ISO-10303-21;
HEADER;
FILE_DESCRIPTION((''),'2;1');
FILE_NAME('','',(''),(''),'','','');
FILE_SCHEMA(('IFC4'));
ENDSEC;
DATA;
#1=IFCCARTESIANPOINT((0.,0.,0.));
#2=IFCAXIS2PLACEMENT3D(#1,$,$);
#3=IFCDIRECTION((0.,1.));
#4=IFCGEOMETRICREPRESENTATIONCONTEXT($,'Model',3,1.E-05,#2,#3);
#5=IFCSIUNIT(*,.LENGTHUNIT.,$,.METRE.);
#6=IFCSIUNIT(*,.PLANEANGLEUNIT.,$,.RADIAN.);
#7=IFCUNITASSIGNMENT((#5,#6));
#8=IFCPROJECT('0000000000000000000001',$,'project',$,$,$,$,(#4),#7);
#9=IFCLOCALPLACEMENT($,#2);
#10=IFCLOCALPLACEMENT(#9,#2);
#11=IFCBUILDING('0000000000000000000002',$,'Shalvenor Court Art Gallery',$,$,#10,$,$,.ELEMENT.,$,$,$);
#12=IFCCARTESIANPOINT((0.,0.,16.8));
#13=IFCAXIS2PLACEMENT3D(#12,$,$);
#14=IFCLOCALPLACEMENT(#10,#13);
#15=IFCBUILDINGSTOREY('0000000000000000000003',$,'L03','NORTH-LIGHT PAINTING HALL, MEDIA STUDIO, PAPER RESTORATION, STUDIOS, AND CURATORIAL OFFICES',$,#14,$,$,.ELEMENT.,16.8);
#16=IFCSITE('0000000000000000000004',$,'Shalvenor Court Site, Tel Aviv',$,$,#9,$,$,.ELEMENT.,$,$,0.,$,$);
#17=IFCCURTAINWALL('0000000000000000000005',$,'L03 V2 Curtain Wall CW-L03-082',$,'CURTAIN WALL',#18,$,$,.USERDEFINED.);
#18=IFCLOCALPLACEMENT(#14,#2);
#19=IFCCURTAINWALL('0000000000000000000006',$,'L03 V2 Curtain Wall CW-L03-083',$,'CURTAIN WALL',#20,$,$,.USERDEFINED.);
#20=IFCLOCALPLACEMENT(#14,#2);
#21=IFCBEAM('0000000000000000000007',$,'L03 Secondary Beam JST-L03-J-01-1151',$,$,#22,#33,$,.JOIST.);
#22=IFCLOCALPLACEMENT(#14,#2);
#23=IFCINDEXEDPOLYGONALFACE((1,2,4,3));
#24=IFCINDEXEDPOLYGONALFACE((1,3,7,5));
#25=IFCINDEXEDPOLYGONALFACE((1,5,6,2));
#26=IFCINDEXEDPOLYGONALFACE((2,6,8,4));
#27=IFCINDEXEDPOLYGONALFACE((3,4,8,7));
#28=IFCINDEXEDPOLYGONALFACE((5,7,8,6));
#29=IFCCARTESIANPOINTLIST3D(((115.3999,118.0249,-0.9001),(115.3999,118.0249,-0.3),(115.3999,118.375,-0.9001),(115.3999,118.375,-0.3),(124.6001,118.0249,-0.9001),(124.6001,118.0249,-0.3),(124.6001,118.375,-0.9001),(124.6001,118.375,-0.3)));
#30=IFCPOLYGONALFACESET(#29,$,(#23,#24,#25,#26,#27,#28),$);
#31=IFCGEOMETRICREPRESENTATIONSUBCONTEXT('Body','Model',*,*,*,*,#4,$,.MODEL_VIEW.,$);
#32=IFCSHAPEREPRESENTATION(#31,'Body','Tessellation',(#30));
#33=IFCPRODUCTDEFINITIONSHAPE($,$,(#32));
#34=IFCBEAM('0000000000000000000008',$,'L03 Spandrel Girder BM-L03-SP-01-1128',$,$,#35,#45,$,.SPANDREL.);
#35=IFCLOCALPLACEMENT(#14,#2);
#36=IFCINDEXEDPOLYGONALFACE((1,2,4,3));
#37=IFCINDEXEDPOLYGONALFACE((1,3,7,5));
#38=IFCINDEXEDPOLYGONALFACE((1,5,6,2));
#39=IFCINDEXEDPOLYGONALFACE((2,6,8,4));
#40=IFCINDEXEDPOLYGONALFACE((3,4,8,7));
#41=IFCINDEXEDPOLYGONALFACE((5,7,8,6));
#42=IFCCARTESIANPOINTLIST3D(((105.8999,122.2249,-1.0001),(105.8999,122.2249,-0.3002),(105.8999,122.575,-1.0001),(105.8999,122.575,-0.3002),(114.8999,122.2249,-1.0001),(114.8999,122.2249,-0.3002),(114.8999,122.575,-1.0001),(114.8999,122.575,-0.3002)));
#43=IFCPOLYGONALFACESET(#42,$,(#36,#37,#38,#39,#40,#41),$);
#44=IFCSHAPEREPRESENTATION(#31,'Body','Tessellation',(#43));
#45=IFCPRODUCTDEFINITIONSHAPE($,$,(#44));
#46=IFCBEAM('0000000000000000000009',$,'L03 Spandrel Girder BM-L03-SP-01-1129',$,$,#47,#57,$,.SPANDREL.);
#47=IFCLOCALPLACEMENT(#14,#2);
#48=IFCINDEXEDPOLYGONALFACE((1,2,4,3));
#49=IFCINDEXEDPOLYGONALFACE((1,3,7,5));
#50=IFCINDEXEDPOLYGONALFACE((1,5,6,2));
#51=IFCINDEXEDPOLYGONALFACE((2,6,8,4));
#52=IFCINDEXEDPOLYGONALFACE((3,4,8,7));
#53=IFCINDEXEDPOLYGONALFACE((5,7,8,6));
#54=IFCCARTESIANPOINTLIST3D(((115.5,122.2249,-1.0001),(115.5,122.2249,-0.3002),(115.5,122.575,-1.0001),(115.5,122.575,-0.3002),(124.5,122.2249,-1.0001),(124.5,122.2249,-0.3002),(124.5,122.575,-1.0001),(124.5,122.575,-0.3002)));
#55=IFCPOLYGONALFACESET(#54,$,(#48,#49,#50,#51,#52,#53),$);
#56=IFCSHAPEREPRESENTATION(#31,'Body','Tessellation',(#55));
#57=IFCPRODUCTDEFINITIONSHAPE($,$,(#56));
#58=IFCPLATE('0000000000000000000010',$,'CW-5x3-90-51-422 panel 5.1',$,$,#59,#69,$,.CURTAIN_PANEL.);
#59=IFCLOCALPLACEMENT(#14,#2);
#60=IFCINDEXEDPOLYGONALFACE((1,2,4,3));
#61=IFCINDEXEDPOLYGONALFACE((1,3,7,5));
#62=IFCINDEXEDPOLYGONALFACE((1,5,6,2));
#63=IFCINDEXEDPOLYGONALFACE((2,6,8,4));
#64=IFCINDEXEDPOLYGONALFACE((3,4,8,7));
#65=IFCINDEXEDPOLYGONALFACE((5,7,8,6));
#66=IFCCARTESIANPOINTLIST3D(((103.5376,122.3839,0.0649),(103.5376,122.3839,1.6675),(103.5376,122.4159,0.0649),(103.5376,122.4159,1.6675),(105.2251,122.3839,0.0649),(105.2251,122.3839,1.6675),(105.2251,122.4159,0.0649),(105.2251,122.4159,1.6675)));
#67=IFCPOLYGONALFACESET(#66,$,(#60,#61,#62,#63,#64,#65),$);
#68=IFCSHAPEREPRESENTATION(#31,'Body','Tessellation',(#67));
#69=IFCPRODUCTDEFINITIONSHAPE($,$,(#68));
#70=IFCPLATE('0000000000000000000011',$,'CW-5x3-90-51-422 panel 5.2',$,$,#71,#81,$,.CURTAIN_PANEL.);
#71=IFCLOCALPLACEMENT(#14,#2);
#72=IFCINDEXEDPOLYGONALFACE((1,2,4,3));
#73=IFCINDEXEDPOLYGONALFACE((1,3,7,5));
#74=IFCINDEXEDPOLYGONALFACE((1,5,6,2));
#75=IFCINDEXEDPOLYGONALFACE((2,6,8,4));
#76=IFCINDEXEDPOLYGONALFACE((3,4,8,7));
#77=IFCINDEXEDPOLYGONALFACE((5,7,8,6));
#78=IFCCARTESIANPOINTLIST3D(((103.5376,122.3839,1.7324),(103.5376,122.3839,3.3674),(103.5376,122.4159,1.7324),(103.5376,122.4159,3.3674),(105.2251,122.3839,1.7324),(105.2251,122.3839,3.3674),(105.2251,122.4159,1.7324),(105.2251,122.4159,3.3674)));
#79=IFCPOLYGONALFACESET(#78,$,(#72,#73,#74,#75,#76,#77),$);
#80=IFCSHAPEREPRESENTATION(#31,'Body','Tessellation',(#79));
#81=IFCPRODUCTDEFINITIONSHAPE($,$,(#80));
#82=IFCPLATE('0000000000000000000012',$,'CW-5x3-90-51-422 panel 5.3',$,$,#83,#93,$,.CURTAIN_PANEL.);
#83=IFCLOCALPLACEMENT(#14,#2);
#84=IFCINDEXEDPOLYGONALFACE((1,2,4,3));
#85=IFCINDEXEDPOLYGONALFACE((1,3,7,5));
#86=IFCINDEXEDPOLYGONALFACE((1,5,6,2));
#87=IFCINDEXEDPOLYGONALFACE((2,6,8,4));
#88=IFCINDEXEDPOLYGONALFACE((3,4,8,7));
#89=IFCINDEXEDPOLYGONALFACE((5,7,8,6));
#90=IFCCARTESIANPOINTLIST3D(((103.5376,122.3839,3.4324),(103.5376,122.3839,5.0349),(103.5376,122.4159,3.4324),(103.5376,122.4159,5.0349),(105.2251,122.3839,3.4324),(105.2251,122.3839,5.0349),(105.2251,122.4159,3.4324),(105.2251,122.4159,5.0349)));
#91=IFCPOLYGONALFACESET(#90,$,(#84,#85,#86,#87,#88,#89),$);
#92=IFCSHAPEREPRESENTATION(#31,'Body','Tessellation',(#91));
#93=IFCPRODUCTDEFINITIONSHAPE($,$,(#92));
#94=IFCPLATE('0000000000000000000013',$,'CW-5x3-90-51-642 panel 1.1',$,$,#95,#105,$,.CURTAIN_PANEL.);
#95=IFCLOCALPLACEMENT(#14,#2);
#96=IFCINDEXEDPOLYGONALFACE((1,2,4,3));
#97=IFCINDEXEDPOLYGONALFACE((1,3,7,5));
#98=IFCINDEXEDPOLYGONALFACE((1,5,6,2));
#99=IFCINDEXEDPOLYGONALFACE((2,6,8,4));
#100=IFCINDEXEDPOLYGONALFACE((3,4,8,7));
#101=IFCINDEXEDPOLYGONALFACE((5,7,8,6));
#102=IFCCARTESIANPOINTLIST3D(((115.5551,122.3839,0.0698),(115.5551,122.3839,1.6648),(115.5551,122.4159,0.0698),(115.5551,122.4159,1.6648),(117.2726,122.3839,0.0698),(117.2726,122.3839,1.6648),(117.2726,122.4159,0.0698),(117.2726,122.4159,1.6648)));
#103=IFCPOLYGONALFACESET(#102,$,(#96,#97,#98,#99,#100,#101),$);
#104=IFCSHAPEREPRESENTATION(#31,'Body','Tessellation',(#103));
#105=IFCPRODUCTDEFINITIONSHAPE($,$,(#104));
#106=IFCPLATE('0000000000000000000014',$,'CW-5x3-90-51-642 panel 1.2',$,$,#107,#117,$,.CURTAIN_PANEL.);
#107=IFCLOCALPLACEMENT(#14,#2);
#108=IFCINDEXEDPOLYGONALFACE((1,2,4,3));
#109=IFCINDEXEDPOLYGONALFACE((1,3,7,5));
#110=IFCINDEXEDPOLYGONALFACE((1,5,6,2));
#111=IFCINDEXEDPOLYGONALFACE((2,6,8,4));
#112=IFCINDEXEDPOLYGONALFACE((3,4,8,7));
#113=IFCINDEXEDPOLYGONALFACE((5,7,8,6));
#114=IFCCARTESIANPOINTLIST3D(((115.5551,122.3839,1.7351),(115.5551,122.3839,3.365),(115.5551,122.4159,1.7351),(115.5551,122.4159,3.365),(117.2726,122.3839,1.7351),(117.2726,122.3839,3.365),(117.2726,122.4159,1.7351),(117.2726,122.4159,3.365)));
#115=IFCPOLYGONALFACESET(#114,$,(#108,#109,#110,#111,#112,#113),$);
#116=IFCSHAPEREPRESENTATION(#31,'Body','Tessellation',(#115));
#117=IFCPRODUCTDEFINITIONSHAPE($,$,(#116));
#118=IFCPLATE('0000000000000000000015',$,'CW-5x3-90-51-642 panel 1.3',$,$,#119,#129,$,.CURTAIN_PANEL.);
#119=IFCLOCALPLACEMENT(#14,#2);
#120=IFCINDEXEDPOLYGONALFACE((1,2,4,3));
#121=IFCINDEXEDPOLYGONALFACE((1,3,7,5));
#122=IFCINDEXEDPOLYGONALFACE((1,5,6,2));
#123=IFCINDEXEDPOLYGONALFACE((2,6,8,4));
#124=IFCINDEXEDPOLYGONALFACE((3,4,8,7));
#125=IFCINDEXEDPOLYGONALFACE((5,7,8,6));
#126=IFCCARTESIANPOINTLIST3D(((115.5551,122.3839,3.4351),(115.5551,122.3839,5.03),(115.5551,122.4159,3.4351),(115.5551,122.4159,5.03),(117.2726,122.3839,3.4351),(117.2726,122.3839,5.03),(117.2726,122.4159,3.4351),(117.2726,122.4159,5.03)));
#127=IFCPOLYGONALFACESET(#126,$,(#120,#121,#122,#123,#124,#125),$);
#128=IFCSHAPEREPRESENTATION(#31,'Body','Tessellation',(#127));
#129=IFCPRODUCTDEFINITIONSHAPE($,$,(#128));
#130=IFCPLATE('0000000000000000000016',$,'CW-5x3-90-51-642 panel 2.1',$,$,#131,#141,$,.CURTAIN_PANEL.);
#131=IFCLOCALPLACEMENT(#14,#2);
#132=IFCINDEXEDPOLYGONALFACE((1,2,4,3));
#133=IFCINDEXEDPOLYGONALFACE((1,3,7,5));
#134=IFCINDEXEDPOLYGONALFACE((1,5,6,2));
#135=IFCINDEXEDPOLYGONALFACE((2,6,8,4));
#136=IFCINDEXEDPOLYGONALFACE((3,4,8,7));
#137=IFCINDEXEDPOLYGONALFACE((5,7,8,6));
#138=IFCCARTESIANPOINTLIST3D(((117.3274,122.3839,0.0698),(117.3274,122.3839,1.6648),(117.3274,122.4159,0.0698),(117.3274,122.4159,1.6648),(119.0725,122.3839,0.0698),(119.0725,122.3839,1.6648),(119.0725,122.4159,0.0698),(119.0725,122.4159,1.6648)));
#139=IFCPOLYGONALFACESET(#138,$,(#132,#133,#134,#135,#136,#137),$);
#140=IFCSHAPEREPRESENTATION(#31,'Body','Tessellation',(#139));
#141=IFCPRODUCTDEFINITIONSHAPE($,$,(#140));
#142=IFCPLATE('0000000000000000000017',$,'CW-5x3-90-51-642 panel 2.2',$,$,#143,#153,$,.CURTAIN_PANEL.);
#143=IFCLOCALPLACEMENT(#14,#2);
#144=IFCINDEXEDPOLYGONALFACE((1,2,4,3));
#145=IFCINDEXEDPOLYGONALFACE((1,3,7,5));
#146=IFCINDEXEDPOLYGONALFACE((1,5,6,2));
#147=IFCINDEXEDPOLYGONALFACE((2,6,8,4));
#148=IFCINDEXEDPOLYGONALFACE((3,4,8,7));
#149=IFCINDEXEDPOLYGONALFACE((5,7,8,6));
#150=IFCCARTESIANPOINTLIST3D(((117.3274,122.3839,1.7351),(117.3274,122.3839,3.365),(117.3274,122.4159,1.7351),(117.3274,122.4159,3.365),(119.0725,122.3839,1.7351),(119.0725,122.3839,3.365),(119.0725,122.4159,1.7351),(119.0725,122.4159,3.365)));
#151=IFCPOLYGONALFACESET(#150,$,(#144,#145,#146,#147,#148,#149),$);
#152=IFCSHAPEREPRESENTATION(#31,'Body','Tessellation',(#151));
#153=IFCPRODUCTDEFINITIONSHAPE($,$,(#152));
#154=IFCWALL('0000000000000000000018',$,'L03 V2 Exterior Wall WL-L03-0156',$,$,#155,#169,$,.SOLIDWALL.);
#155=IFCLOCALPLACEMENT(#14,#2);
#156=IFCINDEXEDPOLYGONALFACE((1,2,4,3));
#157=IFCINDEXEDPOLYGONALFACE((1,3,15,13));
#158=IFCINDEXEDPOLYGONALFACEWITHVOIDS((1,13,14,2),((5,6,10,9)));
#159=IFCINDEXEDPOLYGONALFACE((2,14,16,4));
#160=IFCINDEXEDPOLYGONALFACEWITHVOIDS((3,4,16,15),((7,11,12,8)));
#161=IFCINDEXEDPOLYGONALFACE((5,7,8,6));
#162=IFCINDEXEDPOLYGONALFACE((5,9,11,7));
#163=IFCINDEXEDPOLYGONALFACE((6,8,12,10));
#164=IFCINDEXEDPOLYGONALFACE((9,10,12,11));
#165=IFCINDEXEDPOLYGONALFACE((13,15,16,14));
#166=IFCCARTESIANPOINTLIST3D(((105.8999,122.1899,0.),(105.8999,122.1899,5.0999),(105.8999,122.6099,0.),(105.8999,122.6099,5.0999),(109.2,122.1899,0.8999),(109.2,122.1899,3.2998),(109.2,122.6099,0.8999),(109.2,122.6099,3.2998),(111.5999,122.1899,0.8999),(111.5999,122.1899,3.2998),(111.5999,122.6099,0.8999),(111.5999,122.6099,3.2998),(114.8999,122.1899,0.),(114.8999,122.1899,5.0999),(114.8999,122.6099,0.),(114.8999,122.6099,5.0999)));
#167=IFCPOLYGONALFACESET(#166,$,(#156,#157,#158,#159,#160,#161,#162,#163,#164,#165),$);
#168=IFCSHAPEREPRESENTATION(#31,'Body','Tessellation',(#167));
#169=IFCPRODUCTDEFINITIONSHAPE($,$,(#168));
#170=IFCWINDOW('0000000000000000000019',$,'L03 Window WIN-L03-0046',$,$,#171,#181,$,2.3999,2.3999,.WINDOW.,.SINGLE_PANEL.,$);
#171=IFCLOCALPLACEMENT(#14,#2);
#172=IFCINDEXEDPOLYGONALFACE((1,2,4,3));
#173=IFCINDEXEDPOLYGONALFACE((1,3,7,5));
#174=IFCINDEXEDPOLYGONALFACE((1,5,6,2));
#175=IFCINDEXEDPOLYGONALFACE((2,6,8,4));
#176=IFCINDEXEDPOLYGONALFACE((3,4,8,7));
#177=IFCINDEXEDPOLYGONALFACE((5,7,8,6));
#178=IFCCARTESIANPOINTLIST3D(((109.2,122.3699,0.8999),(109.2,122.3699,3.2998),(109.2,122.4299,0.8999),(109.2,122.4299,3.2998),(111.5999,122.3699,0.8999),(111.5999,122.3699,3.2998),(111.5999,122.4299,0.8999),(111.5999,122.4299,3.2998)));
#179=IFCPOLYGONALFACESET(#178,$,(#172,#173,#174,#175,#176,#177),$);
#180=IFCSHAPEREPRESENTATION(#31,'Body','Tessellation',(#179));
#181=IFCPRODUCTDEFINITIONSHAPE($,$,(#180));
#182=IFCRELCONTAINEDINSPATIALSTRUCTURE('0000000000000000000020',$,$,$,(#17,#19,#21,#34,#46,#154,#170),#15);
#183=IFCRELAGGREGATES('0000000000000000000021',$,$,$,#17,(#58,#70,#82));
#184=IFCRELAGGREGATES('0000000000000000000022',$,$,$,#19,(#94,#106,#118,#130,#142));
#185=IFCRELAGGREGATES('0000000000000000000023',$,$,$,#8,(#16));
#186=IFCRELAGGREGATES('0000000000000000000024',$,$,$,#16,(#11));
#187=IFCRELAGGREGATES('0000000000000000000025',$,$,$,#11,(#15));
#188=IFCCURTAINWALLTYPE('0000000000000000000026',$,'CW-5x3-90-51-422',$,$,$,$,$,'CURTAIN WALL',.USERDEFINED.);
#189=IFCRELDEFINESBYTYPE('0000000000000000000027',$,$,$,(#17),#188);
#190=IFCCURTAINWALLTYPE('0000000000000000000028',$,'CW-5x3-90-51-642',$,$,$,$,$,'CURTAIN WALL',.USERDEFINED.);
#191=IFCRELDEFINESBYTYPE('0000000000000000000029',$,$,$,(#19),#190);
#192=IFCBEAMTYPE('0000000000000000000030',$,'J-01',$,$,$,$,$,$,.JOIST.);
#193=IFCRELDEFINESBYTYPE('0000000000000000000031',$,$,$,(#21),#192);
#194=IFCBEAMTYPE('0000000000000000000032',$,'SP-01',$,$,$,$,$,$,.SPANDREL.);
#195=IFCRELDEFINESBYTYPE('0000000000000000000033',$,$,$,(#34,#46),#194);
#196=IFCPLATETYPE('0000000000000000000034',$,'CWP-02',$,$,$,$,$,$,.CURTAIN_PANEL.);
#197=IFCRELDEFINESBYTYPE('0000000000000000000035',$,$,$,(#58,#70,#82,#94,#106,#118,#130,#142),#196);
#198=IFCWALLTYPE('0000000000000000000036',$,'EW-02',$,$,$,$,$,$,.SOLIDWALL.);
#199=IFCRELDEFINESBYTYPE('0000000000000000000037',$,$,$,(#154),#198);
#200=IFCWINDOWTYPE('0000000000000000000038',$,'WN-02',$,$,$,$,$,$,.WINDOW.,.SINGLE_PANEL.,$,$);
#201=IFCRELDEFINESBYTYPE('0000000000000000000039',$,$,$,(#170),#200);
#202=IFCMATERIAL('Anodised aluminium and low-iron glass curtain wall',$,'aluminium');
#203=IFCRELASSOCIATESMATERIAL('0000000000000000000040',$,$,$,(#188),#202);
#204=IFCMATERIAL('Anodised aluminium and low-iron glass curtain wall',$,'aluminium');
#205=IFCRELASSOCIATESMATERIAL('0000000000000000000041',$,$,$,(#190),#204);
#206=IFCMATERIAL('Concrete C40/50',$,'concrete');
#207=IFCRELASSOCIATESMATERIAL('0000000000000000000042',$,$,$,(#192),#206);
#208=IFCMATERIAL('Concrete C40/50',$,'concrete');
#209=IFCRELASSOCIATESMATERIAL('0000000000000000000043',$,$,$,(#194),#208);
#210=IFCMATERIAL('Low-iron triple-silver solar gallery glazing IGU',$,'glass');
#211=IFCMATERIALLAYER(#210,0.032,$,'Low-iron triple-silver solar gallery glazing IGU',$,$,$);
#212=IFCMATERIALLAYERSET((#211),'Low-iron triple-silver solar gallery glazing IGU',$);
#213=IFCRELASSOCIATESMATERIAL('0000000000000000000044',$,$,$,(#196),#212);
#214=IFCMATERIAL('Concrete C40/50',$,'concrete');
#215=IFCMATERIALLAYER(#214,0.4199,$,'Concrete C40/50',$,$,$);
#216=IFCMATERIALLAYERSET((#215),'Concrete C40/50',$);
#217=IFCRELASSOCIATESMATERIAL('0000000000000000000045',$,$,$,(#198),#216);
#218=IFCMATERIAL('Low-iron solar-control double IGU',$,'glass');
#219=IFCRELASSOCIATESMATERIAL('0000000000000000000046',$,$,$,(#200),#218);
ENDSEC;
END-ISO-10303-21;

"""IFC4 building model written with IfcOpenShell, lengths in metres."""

from ifc_helpers import new_model, si_unit, direction, frame, frame_2d, origin, origin_2d, place, context, subcontext, project, spatial, rectangle, extrude, material, layer, layer_set, material_profile, profile_set, type_object, element, fill, aggregate, save


model = new_model("IFC4")

# Units and contexts
model_context = context("Model", 3, precision=1e-05, world=origin(), true_north=direction((0.0, 1.0)))
body_context = subcontext(model_context, "Body", "Model", "MODEL_VIEW")
ifc_project = project(units=[si_unit("LENGTHUNIT", "METRE"), si_unit("PLANEANGLEUNIT", "RADIAN")], contexts=[model_context])

# Site, building, storey
site_placement = place(None, origin())
site = spatial("IfcSite", under=ifc_project, at=site_placement, Name="Shalvenor Court Site, Tel Aviv", CompositionType="ELEMENT", RefElevation=0.0)
building_placement = place(site_placement, origin())
building = spatial("IfcBuilding", under=site, at=building_placement, Name="Shalvenor Court Art Gallery", CompositionType="ELEMENT")
storey_placement = place(building_placement, frame((0.0, 0.0, 16.8)))
storey = spatial("IfcBuildingStorey", under=building, at=storey_placement, Name="L03", Description="NORTH-LIGHT PAINTING HALL, MEDIA STUDIO, PAPER RESTORATION, STUDIOS, AND CURATORIAL OFFICES", CompositionType="ELEMENT", Elevation=16.8)

# Curtain wall
ifc_material_1 = material(Name="Anodised aluminium and low-iron glass curtain wall", Category="aluminium")
curtain_wall_type_1 = type_object("IfcCurtainWallType", Name="CW-5x3-90-51-422", ElementType="CURTAIN WALL", PredefinedType="USERDEFINED", material=ifc_material_1)
curtain_wall_1_placement = place(storey_placement, origin())
curtain_wall_1 = element("IfcCurtainWall", 1, at=curtain_wall_1_placement, inside=storey, type_object=curtain_wall_type_1, Name="L03 V2 Curtain Wall CW-L03-082", ObjectType="CURTAIN WALL", PredefinedType="USERDEFINED")

# Curtain wall
ifc_material_2 = material(Name="Anodised aluminium and low-iron glass curtain wall", Category="aluminium")
curtain_wall_type_2 = type_object("IfcCurtainWallType", Name="CW-5x3-90-51-642", ElementType="CURTAIN WALL", PredefinedType="USERDEFINED", material=ifc_material_2)
curtain_wall_2_placement = place(storey_placement, origin())
curtain_wall_2 = element("IfcCurtainWall", 2, at=curtain_wall_2_placement, inside=storey, type_object=curtain_wall_type_2, Name="L03 V2 Curtain Wall CW-L03-083", ObjectType="CURTAIN WALL", PredefinedType="USERDEFINED")

# Beams
ifc_material_3 = material(Name="Concrete C40/50", Category="concrete")
ifc_material_profile_1 = material_profile(ifc_material_3, rectangle(XDim=0.3501, YDim=0.6001, at=origin_2d()), Name="RC 350x600")
ifc_profile_set_1 = profile_set([ifc_material_profile_1], Name="Concrete C40/50")
beam_type_1 = type_object("IfcBeamType", Name="J-01", PredefinedType="JOIST", material=ifc_profile_set_1)
beam_1_placement = place(storey_placement, frame((115.3999, 118.2, -0.6001), z_axis=(1.0, 0.0, 0.0), x_axis=(0.0, 1.0, 0.0)))
element("IfcBeam", 3, at=beam_1_placement, inside=storey, type_object=beam_type_1, Name="L03 Secondary Beam JST-L03-J-01-1151", PredefinedType="JOIST", context=body_context, shape_type="SweptSolid", body=[
    extrude(rectangle(XDim=0.3501, YDim=0.6001, at=origin_2d()), origin(), (0.0, 0.0, 1.0), 9.2002),
])
ifc_material_4 = material(Name="Concrete C40/50", Category="concrete")
ifc_material_profile_2 = material_profile(ifc_material_4, rectangle(XDim=0.3501, YDim=0.7, at=origin_2d()), Name="RC 350x700")
ifc_profile_set_2 = profile_set([ifc_material_profile_2], Name="Concrete C40/50")
beam_type_2 = type_object("IfcBeamType", Name="SP-01", PredefinedType="SPANDREL", material=ifc_profile_set_2)
for number, where, z_axis, x_axis, name in (
    (4, (105.8999, 122.3999, -0.6501), (1.0, 0.0, 0.0), (0.0, 1.0, 0.0), "L03 Spandrel Girder BM-L03-SP-01-1128"),
    (5, (115.5, 122.3999, -0.6501), (1.0, 0.0, 0.0), (0.0, 1.0, 0.0), "L03 Spandrel Girder BM-L03-SP-01-1129"),
):
    element("IfcBeam", number, at=place(storey_placement, frame(where, z_axis=z_axis, x_axis=x_axis)), inside=storey, type_object=beam_type_2, Name=name, PredefinedType="SPANDREL", context=body_context, shape_type="SweptSolid", body=[
        extrude(rectangle(XDim=0.3501, YDim=0.7, at=origin_2d()), origin(), (0.0, 0.0, 1.0), 9.0),
    ])

# Plates
ifc_material_5 = material(Name="Low-iron triple-silver solar gallery glazing IGU", Category="glass")
ifc_layer_1 = layer(ifc_material_5, 0.032, Name="Low-iron triple-silver solar gallery glazing IGU")
ifc_layer_set_1 = layer_set([ifc_layer_1], Name="Low-iron triple-silver solar gallery glazing IGU")
plate_type = type_object("IfcPlateType", Name="CWP-02", PredefinedType="CURTAIN_PANEL", material=ifc_layer_set_1)
plate_1_placement = place(storey_placement, frame((104.3813, 122.3999, 0.0649), z_axis=(0.0, 0.0, 1.0), x_axis=(1.0, 0.0, 0.0)))
plate_1 = element("IfcPlate", 6, at=plate_1_placement, type_object=plate_type, Name="CW-5x3-90-51-422 panel 5.1", PredefinedType="CURTAIN_PANEL", context=body_context, shape_type="SweptSolid", body=[
    extrude(rectangle(XDim=1.6875, YDim=0.032, at=origin_2d()), origin(), (0.0, 0.0, 1.0), 1.6025),
])
plate_2_placement = place(storey_placement, frame((104.3813, 122.3999, 1.7324), z_axis=(0.0, 0.0, 1.0), x_axis=(1.0, 0.0, 0.0)))
plate_2 = element("IfcPlate", 7, at=plate_2_placement, type_object=plate_type, Name="CW-5x3-90-51-422 panel 5.2", PredefinedType="CURTAIN_PANEL", context=body_context, shape_type="SweptSolid", body=[
    extrude(rectangle(XDim=1.6875, YDim=0.032, at=origin_2d()), origin(), (0.0, 0.0, 1.0), 1.635),
])
plate_3_placement = place(storey_placement, frame((104.3813, 122.3999, 3.4324), z_axis=(0.0, 0.0, 1.0), x_axis=(1.0, 0.0, 0.0)))
plate_3 = element("IfcPlate", 8, at=plate_3_placement, type_object=plate_type, Name="CW-5x3-90-51-422 panel 5.3", PredefinedType="CURTAIN_PANEL", context=body_context, shape_type="SweptSolid", body=[
    extrude(rectangle(XDim=1.6875, YDim=0.032, at=origin_2d()), origin(), (0.0, 0.0, 1.0), 1.6025),
])
aggregate(curtain_wall_1, [plate_1, plate_2, plate_3])
plate_4_placement = place(storey_placement, frame((116.4138, 122.3999, 0.0698), z_axis=(0.0, 0.0, 1.0), x_axis=(1.0, 0.0, 0.0)))
plate_4 = element("IfcPlate", 9, at=plate_4_placement, type_object=plate_type, Name="CW-5x3-90-51-642 panel 1.1", PredefinedType="CURTAIN_PANEL", context=body_context, shape_type="SweptSolid", body=[
    extrude(rectangle(XDim=1.7175, YDim=0.032, at=origin_2d()), origin(), (0.0, 0.0, 1.0), 1.595),
])
plate_5_placement = place(storey_placement, frame((116.4138, 122.3999, 1.7351), z_axis=(0.0, 0.0, 1.0), x_axis=(1.0, 0.0, 0.0)))
plate_5 = element("IfcPlate", 10, at=plate_5_placement, type_object=plate_type, Name="CW-5x3-90-51-642 panel 1.2", PredefinedType="CURTAIN_PANEL", context=body_context, shape_type="SweptSolid", body=[
    extrude(rectangle(XDim=1.7175, YDim=0.032, at=origin_2d()), origin(), (0.0, 0.0, 1.0), 1.6299),
])
plate_6_placement = place(storey_placement, frame((116.4138, 122.3999, 3.4351), z_axis=(0.0, 0.0, 1.0), x_axis=(1.0, 0.0, 0.0)))
plate_6 = element("IfcPlate", 11, at=plate_6_placement, type_object=plate_type, Name="CW-5x3-90-51-642 panel 1.3", PredefinedType="CURTAIN_PANEL", context=body_context, shape_type="SweptSolid", body=[
    extrude(rectangle(XDim=1.7175, YDim=0.032, at=origin_2d()), origin(), (0.0, 0.0, 1.0), 1.595),
])
plate_7_placement = place(storey_placement, frame((118.2, 122.3999, 0.0698), z_axis=(0.0, 0.0, 1.0), x_axis=(1.0, 0.0, 0.0)))
plate_7 = element("IfcPlate", 12, at=plate_7_placement, type_object=plate_type, Name="CW-5x3-90-51-642 panel 2.1", PredefinedType="CURTAIN_PANEL", context=body_context, shape_type="SweptSolid", body=[
    extrude(rectangle(XDim=1.7451, YDim=0.032, at=origin_2d()), origin(), (0.0, 0.0, 1.0), 1.595),
])
plate_8_placement = place(storey_placement, frame((118.2, 122.3999, 1.7351), z_axis=(0.0, 0.0, 1.0), x_axis=(1.0, 0.0, 0.0)))
plate_8 = element("IfcPlate", 13, at=plate_8_placement, type_object=plate_type, Name="CW-5x3-90-51-642 panel 2.2", PredefinedType="CURTAIN_PANEL", context=body_context, shape_type="SweptSolid", body=[
    extrude(rectangle(XDim=1.7451, YDim=0.032, at=origin_2d()), origin(), (0.0, 0.0, 1.0), 1.6299),
])
aggregate(curtain_wall_2, [plate_4, plate_5, plate_6, plate_7, plate_8])

# Wall, opening, window
ifc_material_6 = material(Name="Concrete C40/50", Category="concrete")
ifc_layer_2 = layer(ifc_material_6, 0.4199, Name="Concrete C40/50")
ifc_layer_set_2 = layer_set([ifc_layer_2], Name="Concrete C40/50")
wall_type = type_object("IfcWallType", Name="EW-02", PredefinedType="SOLIDWALL", material=ifc_layer_set_2)
wall_placement = place(storey_placement, frame((105.8999, 122.3999, 0.0), z_axis=(0.0, 0.0, 1.0), x_axis=(1.0, 0.0, 0.0)))
wall = element("IfcWall", 14, at=wall_placement, inside=storey, type_object=wall_type, Name="L03 V2 Exterior Wall WL-L03-0156", PredefinedType="SOLIDWALL", context=body_context, shape_type="SweptSolid", body=[
    extrude(rectangle(XDim=9.0, YDim=0.4199, at=frame_2d((4.5, 0.0))), origin(), (0.0, 0.0, 1.0), 5.0999),
])
opening_placement = place(wall_placement, frame((3.3, 0.0, 0.8999)))
opening = element("IfcOpeningElement", 15, at=opening_placement, cuts=wall, PredefinedType="OPENING", context=body_context, shape_type="SweptSolid", body=[
    extrude(rectangle(XDim=2.3999, YDim=2.3999, at=frame_2d((1.2, 1.2))), frame((0.0, 0.22, 0.0), z_axis=(0.0, -1.0, 0.0), x_axis=(1.0, 0.0, 0.0)), (0.0, 0.0, 1.0), 0.4399),
])
ifc_material_7 = material(Name="Low-iron solar-control double IGU", Category="glass")
window_type = type_object("IfcWindowType", Name="WN-02", PartitioningType="SINGLE_PANEL", PredefinedType="WINDOW", material=ifc_material_7)
window_placement = place(opening_placement, origin())
window = element("IfcWindow", 16, at=window_placement, inside=storey, type_object=window_type, Name="L03 Window WIN-L03-0046", OverallHeight=2.3999, OverallWidth=2.3999, PartitioningType="SINGLE_PANEL", PredefinedType="WINDOW", context=body_context, shape_type="SweptSolid", body=[
    extrude(rectangle(XDim=2.3999, YDim=2.3999, at=frame_2d((1.2, 1.2))), frame((0.0, 0.03, 0.0), z_axis=(0.0, -1.0, 0.0), x_axis=(1.0, 0.0, 0.0)), (0.0, 0.0, 1.0), 0.0601),
])
fill(opening, window)

save(model, "model.ifc")
